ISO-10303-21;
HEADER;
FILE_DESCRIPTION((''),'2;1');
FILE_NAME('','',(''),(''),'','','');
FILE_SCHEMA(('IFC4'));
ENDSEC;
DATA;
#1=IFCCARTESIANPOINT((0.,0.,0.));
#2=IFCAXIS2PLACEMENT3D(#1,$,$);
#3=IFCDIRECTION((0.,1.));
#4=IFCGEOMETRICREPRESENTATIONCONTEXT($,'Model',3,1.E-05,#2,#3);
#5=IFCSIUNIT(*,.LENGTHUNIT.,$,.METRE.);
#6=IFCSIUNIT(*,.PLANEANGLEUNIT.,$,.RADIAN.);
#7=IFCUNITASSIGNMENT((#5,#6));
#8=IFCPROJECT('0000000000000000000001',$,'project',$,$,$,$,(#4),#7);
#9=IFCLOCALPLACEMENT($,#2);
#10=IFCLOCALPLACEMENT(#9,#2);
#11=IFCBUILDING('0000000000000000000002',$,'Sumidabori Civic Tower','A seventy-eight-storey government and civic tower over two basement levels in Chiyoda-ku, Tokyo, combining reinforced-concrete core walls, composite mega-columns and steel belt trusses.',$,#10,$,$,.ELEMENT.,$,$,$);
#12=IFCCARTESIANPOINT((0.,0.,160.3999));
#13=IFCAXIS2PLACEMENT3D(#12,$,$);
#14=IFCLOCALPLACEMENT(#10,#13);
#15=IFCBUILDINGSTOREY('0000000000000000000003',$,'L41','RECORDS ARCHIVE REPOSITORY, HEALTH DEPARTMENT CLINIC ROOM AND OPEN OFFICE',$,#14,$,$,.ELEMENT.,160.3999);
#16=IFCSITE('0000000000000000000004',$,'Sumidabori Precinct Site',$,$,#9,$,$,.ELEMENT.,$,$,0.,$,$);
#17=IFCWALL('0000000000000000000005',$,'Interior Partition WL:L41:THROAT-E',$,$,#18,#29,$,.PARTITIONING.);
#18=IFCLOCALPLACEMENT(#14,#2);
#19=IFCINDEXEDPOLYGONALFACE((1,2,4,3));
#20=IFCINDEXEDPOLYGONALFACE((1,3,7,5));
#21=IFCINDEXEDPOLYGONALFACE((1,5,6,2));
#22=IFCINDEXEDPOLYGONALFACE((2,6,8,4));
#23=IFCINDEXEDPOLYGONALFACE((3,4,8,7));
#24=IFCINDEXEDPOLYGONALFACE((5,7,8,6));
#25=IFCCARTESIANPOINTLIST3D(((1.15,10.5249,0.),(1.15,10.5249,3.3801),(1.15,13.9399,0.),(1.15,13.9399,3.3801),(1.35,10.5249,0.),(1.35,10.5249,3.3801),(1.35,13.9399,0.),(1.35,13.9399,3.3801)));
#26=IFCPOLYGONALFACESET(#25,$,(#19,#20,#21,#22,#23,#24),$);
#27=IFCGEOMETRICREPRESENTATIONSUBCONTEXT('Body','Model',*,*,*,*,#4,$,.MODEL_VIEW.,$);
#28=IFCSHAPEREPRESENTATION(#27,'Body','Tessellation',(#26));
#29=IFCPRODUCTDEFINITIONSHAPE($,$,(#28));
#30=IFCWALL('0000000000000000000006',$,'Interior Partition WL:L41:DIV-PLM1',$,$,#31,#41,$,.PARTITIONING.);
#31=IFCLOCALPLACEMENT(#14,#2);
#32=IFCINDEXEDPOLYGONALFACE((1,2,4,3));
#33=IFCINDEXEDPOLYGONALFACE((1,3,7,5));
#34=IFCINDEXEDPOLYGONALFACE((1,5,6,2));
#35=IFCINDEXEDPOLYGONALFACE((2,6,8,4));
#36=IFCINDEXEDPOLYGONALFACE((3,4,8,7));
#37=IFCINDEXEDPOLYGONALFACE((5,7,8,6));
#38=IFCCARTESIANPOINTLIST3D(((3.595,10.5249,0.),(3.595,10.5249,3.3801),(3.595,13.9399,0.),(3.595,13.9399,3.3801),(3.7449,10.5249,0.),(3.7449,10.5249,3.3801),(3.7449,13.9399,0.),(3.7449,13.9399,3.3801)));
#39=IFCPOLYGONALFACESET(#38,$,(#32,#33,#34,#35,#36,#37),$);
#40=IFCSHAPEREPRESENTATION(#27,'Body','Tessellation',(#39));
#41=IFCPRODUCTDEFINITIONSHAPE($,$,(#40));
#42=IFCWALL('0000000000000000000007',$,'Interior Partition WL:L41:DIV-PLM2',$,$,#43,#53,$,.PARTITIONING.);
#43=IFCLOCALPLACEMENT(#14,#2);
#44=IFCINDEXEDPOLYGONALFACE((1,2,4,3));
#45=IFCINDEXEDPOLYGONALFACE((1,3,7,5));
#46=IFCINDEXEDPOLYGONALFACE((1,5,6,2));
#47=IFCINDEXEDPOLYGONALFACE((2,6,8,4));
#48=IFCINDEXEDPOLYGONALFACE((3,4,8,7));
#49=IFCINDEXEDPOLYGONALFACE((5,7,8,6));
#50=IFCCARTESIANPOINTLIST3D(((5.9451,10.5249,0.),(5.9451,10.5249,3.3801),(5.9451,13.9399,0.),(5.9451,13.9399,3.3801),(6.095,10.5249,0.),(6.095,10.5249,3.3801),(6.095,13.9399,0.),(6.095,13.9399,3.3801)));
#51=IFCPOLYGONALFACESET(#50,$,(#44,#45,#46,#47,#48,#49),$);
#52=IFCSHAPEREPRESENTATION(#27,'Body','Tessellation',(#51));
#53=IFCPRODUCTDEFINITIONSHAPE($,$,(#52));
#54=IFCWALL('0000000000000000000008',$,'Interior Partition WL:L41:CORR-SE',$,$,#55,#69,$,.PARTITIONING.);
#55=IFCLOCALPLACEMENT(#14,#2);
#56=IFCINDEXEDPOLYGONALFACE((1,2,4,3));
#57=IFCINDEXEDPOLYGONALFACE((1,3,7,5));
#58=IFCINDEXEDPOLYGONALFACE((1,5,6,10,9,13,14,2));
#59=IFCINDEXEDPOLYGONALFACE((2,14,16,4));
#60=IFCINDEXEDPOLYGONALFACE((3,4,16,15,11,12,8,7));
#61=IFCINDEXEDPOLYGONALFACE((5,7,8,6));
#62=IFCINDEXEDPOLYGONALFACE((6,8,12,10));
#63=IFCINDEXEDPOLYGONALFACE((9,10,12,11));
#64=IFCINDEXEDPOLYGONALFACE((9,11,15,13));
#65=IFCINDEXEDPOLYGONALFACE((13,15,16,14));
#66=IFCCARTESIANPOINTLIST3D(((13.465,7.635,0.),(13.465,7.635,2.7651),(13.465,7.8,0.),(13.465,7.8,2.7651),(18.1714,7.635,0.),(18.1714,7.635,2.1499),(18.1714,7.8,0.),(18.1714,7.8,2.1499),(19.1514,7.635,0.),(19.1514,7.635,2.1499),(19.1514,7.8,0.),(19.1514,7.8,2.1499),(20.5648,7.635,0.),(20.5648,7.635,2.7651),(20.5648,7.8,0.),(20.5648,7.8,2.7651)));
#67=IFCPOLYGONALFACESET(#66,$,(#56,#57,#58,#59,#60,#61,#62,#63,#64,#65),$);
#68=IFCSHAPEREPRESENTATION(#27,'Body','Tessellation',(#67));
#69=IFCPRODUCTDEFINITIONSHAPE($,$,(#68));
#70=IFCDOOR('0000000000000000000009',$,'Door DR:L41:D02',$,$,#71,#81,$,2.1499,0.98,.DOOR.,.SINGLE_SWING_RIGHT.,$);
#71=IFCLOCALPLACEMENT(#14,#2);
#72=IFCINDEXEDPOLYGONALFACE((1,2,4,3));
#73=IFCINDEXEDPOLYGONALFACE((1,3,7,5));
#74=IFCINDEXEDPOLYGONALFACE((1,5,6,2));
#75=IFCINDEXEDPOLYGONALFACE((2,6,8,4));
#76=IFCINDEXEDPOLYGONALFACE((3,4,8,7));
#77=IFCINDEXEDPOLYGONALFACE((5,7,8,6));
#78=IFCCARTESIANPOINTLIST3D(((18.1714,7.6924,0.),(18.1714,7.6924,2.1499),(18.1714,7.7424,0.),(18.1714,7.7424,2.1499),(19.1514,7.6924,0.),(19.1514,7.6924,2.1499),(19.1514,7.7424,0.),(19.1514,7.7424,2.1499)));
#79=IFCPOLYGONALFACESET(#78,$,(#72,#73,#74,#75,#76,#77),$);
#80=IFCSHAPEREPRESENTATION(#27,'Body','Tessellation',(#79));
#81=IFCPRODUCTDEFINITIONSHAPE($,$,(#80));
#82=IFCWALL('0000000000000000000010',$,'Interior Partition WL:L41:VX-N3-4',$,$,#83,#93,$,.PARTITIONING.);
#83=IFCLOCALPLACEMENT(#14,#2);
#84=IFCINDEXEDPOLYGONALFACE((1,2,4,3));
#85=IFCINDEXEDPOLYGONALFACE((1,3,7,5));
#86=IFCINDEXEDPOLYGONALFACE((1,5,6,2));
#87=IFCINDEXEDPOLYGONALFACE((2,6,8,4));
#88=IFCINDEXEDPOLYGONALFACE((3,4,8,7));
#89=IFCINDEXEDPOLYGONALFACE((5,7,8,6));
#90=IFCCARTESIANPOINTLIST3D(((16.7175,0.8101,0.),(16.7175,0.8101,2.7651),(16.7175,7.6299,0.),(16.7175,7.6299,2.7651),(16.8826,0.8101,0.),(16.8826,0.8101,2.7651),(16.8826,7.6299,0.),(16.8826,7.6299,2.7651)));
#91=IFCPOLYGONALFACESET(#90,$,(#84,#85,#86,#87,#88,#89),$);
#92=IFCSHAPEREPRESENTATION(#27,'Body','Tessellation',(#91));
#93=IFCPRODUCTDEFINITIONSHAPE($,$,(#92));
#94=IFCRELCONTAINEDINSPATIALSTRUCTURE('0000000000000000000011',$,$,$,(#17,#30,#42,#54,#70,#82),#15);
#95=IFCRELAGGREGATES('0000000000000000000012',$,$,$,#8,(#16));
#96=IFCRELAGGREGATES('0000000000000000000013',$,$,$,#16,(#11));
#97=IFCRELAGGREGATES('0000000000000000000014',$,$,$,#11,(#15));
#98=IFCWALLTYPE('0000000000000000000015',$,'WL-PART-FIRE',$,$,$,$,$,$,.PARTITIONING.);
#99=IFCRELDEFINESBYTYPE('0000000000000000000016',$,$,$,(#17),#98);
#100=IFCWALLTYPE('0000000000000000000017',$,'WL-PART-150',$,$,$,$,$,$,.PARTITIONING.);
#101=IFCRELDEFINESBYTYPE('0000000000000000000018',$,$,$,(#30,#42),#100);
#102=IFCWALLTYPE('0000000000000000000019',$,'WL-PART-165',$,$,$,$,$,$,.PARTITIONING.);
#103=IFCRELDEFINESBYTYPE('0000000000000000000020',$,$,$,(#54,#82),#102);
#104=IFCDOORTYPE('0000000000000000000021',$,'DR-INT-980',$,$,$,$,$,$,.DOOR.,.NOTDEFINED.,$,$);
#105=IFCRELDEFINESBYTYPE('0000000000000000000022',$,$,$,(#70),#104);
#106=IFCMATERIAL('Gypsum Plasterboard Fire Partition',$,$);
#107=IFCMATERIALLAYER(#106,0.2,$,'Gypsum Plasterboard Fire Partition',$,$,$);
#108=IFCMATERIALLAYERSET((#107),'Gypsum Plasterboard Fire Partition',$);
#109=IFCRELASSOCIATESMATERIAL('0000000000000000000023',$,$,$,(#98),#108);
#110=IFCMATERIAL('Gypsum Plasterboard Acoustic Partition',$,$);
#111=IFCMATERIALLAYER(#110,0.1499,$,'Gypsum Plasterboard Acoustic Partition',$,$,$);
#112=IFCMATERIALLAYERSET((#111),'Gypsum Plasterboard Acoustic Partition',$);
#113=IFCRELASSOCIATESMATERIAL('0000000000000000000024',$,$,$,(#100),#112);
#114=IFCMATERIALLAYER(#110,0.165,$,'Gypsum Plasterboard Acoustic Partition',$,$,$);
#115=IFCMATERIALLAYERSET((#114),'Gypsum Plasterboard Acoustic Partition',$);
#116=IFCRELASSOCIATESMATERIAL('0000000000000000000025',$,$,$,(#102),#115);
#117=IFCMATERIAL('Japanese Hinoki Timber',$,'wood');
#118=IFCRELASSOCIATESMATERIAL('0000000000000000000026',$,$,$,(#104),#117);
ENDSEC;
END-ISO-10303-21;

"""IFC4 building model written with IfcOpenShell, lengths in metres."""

from ifc_helpers import new_model, si_unit, direction, frame, frame_2d, origin, place, context, subcontext, project, spatial, rectangle, extrude, source, transform, mapped, material, layer, layer_set, type_object, element, fill, save


model = new_model("IFC4")

# Units and contexts
model_context = context("Model", 3, precision=1e-05, world=origin(), true_north=direction((0.0, 1.0)))
body_context = subcontext(model_context, "Body", "Model", "MODEL_VIEW")
ifc_project = project(units=[si_unit("LENGTHUNIT", "METRE"), si_unit("PLANEANGLEUNIT", "RADIAN")], contexts=[model_context])

# Site, building, storey
site_placement = place(None, origin())
site = spatial("IfcSite", under=ifc_project, at=site_placement, Name="Sumidabori Precinct Site", CompositionType="ELEMENT", RefElevation=0.0)
building_placement = place(site_placement, origin())
building = spatial("IfcBuilding", under=site, at=building_placement, Name="Sumidabori Civic Tower", Description="A seventy-eight-storey government and civic tower over two basement levels in Chiyoda-ku, Tokyo, combining reinforced-concrete core walls, composite mega-columns and steel belt trusses.", CompositionType="ELEMENT")
storey_placement = place(building_placement, frame((0.0, 0.0, 160.3999)))
storey = spatial("IfcBuildingStorey", under=building, at=storey_placement, Name="L41", Description="RECORDS ARCHIVE REPOSITORY, HEALTH DEPARTMENT CLINIC ROOM AND OPEN OFFICE", CompositionType="ELEMENT", Elevation=160.3999)

# Shared definitions
ifc_material_1 = material(Name="Japanese Hinoki Timber", Category="wood")

# Shared definitions
ifc_material_2 = material(Name="Gypsum Plasterboard Fire Partition")
ifc_layer_1 = layer(ifc_material_2, 0.2, Name="Gypsum Plasterboard Fire Partition")
ifc_layer_set_1 = layer_set([ifc_layer_1], Name="Gypsum Plasterboard Fire Partition")
wall_type_1 = type_object("IfcWallType", Name="WL-PART-FIRE", PredefinedType="PARTITIONING", material=ifc_layer_set_1)

# Walls
shared_shape_1 = source(origin(), body_context, "Body", "SweptSolid", [
    extrude(rectangle(XDim=3.415, YDim=0.2, at=frame_2d((1.7075, 0.0))), origin(), (0.0, 0.0, 1.0), 3.3801),
])
wall_1_placement = place(storey_placement, frame((1.25, 10.5249, 0.0), z_axis=(0.0, 0.0, 1.0), x_axis=(0.0, 1.0, 0.0)))
element("IfcWall", 1, at=wall_1_placement, inside=storey, type_object=wall_type_1, Name="Interior Partition WL:L41:THROAT-E", PredefinedType="PARTITIONING", context=body_context, shape_type="MappedRepresentation", body=[
    mapped(shared_shape_1, transform((0.0, 0.0, 0.0), x_axis=(1.0, 0.0, 0.0), y_axis=(0.0, 1.0, 0.0), z_axis=(0.0, 0.0, 1.0), scale=1.0)),
])
ifc_material_3 = material(Name="Gypsum Plasterboard Acoustic Partition")
ifc_layer_2 = layer(ifc_material_3, 0.1499, Name="Gypsum Plasterboard Acoustic Partition")
ifc_layer_set_2 = layer_set([ifc_layer_2], Name="Gypsum Plasterboard Acoustic Partition")
wall_type_2 = type_object("IfcWallType", Name="WL-PART-150", PredefinedType="PARTITIONING", material=ifc_layer_set_2)
shared_shape_2 = source(origin(), body_context, "Body", "SweptSolid", [
    extrude(rectangle(XDim=3.415, YDim=0.1499, at=frame_2d((1.7075, 0.0))), origin(), (0.0, 0.0, 1.0), 3.3801),
])
for number, where, z_axis, x_axis, name in (
    (2, (3.6699, 10.5249, 0.0), (0.0, 0.0, 1.0), (0.0, 1.0, 0.0), "Interior Partition WL:L41:DIV-PLM1"),
    (3, (6.02, 10.5249, 0.0), (0.0, 0.0, 1.0), (0.0, 1.0, 0.0), "Interior Partition WL:L41:DIV-PLM2"),
):
    element("IfcWall", number, at=place(storey_placement, frame(where, z_axis=z_axis, x_axis=x_axis)), inside=storey, type_object=wall_type_2, Name=name, PredefinedType="PARTITIONING", context=body_context, shape_type="MappedRepresentation", body=[
        mapped(shared_shape_2, transform((0.0, 0.0, 0.0), x_axis=(1.0, 0.0, 0.0), y_axis=(0.0, 1.0, 0.0), z_axis=(0.0, 0.0, 1.0), scale=1.0)),
    ])

# Wall, opening, door
ifc_layer_3 = layer(ifc_material_3, 0.165, Name="Gypsum Plasterboard Acoustic Partition")
ifc_layer_set_3 = layer_set([ifc_layer_3], Name="Gypsum Plasterboard Acoustic Partition")
wall_type_3 = type_object("IfcWallType", Name="WL-PART-165", PredefinedType="PARTITIONING", material=ifc_layer_set_3)
shared_shape_3 = source(origin(), body_context, "Body", "SweptSolid", [
    extrude(rectangle(XDim=7.0999, YDim=0.165, at=frame_2d((3.5498, 0.0))), origin(), (0.0, 0.0, 1.0), 2.7651),
])
wall_2_placement = place(storey_placement, frame((13.4651, 7.7175, 0.0), z_axis=(0.0, 0.0, 1.0), x_axis=(1.0, 0.0, 0.0)))
wall_2 = element("IfcWall", 4, at=wall_2_placement, inside=storey, type_object=wall_type_3, Name="Interior Partition WL:L41:CORR-SE", PredefinedType="PARTITIONING", context=body_context, shape_type="MappedRepresentation", body=[
    mapped(shared_shape_3, transform((0.0, 0.0, 0.0), x_axis=(1.0, 0.0, 0.0), y_axis=(0.0, 1.0, 0.0), z_axis=(0.0, 0.0, 1.0), scale=1.0)),
])
opening_1_placement = place(wall_2_placement, frame((4.7063, 0.0, 0.0)))
opening_1 = element("IfcOpeningElement", 5, at=opening_1_placement, cuts=wall_2, PredefinedType="OPENING", context=body_context, shape_type="SweptSolid", body=[
    extrude(rectangle(XDim=0.98, YDim=2.1499, at=frame_2d((0.49, 1.075))), frame((0.0, 0.0945, 0.0), z_axis=(0.0, -1.0, 0.0), x_axis=(1.0, 0.0, 0.0)), (0.0, 0.0, 1.0), 0.189),
])
door_type_1 = type_object("IfcDoorType", Name="DR-INT-980", OperationType="NOTDEFINED", PredefinedType="DOOR", material=ifc_material_1)
shared_shape_4 = source(origin(), body_context, "Body", "SweptSolid", [
    extrude(rectangle(XDim=0.98, YDim=2.1499, at=frame_2d((0.49, 1.075))), frame((0.0, 0.0249, 0.0), z_axis=(0.0, -1.0, 0.0), x_axis=(1.0, 0.0, 0.0)), (0.0, 0.0, 1.0), 0.05),
])
door_1_placement = place(opening_1_placement, origin())
door_1 = element("IfcDoor", 6, at=door_1_placement, inside=storey, type_object=door_type_1, Name="Door DR:L41:D02", OperationType="SINGLE_SWING_RIGHT", OverallHeight=2.1499, OverallWidth=0.98, PredefinedType="DOOR", context=body_context, shape_type="MappedRepresentation", body=[
    mapped(shared_shape_4, transform((0.0, 0.0, 0.0), x_axis=(1.0, 0.0, 0.0), y_axis=(0.0, 1.0, 0.0), z_axis=(0.0, 0.0, 1.0), scale=1.0)),
])
fill(opening_1, door_1)

# Wall
shared_shape_5 = source(origin(), body_context, "Body", "SweptSolid", [
    extrude(rectangle(XDim=6.8198, YDim=0.165, at=frame_2d((3.4099, 0.0))), origin(), (0.0, 0.0, 1.0), 2.7651),
])
wall_3_placement = place(storey_placement, frame((16.8, 0.8101, 0.0), z_axis=(0.0, 0.0, 1.0), x_axis=(0.0, 1.0, 0.0)))
element("IfcWall", 7, at=wall_3_placement, inside=storey, type_object=wall_type_3, Name="Interior Partition WL:L41:VX-N3-4", PredefinedType="PARTITIONING", context=body_context, shape_type="MappedRepresentation", body=[
    mapped(shared_shape_5, transform((0.0, 0.0, 0.0), x_axis=(1.0, 0.0, 0.0), y_axis=(0.0, 1.0, 0.0), z_axis=(0.0, 0.0, 1.0), scale=1.0)),
])

save(model, "model.ifc")
